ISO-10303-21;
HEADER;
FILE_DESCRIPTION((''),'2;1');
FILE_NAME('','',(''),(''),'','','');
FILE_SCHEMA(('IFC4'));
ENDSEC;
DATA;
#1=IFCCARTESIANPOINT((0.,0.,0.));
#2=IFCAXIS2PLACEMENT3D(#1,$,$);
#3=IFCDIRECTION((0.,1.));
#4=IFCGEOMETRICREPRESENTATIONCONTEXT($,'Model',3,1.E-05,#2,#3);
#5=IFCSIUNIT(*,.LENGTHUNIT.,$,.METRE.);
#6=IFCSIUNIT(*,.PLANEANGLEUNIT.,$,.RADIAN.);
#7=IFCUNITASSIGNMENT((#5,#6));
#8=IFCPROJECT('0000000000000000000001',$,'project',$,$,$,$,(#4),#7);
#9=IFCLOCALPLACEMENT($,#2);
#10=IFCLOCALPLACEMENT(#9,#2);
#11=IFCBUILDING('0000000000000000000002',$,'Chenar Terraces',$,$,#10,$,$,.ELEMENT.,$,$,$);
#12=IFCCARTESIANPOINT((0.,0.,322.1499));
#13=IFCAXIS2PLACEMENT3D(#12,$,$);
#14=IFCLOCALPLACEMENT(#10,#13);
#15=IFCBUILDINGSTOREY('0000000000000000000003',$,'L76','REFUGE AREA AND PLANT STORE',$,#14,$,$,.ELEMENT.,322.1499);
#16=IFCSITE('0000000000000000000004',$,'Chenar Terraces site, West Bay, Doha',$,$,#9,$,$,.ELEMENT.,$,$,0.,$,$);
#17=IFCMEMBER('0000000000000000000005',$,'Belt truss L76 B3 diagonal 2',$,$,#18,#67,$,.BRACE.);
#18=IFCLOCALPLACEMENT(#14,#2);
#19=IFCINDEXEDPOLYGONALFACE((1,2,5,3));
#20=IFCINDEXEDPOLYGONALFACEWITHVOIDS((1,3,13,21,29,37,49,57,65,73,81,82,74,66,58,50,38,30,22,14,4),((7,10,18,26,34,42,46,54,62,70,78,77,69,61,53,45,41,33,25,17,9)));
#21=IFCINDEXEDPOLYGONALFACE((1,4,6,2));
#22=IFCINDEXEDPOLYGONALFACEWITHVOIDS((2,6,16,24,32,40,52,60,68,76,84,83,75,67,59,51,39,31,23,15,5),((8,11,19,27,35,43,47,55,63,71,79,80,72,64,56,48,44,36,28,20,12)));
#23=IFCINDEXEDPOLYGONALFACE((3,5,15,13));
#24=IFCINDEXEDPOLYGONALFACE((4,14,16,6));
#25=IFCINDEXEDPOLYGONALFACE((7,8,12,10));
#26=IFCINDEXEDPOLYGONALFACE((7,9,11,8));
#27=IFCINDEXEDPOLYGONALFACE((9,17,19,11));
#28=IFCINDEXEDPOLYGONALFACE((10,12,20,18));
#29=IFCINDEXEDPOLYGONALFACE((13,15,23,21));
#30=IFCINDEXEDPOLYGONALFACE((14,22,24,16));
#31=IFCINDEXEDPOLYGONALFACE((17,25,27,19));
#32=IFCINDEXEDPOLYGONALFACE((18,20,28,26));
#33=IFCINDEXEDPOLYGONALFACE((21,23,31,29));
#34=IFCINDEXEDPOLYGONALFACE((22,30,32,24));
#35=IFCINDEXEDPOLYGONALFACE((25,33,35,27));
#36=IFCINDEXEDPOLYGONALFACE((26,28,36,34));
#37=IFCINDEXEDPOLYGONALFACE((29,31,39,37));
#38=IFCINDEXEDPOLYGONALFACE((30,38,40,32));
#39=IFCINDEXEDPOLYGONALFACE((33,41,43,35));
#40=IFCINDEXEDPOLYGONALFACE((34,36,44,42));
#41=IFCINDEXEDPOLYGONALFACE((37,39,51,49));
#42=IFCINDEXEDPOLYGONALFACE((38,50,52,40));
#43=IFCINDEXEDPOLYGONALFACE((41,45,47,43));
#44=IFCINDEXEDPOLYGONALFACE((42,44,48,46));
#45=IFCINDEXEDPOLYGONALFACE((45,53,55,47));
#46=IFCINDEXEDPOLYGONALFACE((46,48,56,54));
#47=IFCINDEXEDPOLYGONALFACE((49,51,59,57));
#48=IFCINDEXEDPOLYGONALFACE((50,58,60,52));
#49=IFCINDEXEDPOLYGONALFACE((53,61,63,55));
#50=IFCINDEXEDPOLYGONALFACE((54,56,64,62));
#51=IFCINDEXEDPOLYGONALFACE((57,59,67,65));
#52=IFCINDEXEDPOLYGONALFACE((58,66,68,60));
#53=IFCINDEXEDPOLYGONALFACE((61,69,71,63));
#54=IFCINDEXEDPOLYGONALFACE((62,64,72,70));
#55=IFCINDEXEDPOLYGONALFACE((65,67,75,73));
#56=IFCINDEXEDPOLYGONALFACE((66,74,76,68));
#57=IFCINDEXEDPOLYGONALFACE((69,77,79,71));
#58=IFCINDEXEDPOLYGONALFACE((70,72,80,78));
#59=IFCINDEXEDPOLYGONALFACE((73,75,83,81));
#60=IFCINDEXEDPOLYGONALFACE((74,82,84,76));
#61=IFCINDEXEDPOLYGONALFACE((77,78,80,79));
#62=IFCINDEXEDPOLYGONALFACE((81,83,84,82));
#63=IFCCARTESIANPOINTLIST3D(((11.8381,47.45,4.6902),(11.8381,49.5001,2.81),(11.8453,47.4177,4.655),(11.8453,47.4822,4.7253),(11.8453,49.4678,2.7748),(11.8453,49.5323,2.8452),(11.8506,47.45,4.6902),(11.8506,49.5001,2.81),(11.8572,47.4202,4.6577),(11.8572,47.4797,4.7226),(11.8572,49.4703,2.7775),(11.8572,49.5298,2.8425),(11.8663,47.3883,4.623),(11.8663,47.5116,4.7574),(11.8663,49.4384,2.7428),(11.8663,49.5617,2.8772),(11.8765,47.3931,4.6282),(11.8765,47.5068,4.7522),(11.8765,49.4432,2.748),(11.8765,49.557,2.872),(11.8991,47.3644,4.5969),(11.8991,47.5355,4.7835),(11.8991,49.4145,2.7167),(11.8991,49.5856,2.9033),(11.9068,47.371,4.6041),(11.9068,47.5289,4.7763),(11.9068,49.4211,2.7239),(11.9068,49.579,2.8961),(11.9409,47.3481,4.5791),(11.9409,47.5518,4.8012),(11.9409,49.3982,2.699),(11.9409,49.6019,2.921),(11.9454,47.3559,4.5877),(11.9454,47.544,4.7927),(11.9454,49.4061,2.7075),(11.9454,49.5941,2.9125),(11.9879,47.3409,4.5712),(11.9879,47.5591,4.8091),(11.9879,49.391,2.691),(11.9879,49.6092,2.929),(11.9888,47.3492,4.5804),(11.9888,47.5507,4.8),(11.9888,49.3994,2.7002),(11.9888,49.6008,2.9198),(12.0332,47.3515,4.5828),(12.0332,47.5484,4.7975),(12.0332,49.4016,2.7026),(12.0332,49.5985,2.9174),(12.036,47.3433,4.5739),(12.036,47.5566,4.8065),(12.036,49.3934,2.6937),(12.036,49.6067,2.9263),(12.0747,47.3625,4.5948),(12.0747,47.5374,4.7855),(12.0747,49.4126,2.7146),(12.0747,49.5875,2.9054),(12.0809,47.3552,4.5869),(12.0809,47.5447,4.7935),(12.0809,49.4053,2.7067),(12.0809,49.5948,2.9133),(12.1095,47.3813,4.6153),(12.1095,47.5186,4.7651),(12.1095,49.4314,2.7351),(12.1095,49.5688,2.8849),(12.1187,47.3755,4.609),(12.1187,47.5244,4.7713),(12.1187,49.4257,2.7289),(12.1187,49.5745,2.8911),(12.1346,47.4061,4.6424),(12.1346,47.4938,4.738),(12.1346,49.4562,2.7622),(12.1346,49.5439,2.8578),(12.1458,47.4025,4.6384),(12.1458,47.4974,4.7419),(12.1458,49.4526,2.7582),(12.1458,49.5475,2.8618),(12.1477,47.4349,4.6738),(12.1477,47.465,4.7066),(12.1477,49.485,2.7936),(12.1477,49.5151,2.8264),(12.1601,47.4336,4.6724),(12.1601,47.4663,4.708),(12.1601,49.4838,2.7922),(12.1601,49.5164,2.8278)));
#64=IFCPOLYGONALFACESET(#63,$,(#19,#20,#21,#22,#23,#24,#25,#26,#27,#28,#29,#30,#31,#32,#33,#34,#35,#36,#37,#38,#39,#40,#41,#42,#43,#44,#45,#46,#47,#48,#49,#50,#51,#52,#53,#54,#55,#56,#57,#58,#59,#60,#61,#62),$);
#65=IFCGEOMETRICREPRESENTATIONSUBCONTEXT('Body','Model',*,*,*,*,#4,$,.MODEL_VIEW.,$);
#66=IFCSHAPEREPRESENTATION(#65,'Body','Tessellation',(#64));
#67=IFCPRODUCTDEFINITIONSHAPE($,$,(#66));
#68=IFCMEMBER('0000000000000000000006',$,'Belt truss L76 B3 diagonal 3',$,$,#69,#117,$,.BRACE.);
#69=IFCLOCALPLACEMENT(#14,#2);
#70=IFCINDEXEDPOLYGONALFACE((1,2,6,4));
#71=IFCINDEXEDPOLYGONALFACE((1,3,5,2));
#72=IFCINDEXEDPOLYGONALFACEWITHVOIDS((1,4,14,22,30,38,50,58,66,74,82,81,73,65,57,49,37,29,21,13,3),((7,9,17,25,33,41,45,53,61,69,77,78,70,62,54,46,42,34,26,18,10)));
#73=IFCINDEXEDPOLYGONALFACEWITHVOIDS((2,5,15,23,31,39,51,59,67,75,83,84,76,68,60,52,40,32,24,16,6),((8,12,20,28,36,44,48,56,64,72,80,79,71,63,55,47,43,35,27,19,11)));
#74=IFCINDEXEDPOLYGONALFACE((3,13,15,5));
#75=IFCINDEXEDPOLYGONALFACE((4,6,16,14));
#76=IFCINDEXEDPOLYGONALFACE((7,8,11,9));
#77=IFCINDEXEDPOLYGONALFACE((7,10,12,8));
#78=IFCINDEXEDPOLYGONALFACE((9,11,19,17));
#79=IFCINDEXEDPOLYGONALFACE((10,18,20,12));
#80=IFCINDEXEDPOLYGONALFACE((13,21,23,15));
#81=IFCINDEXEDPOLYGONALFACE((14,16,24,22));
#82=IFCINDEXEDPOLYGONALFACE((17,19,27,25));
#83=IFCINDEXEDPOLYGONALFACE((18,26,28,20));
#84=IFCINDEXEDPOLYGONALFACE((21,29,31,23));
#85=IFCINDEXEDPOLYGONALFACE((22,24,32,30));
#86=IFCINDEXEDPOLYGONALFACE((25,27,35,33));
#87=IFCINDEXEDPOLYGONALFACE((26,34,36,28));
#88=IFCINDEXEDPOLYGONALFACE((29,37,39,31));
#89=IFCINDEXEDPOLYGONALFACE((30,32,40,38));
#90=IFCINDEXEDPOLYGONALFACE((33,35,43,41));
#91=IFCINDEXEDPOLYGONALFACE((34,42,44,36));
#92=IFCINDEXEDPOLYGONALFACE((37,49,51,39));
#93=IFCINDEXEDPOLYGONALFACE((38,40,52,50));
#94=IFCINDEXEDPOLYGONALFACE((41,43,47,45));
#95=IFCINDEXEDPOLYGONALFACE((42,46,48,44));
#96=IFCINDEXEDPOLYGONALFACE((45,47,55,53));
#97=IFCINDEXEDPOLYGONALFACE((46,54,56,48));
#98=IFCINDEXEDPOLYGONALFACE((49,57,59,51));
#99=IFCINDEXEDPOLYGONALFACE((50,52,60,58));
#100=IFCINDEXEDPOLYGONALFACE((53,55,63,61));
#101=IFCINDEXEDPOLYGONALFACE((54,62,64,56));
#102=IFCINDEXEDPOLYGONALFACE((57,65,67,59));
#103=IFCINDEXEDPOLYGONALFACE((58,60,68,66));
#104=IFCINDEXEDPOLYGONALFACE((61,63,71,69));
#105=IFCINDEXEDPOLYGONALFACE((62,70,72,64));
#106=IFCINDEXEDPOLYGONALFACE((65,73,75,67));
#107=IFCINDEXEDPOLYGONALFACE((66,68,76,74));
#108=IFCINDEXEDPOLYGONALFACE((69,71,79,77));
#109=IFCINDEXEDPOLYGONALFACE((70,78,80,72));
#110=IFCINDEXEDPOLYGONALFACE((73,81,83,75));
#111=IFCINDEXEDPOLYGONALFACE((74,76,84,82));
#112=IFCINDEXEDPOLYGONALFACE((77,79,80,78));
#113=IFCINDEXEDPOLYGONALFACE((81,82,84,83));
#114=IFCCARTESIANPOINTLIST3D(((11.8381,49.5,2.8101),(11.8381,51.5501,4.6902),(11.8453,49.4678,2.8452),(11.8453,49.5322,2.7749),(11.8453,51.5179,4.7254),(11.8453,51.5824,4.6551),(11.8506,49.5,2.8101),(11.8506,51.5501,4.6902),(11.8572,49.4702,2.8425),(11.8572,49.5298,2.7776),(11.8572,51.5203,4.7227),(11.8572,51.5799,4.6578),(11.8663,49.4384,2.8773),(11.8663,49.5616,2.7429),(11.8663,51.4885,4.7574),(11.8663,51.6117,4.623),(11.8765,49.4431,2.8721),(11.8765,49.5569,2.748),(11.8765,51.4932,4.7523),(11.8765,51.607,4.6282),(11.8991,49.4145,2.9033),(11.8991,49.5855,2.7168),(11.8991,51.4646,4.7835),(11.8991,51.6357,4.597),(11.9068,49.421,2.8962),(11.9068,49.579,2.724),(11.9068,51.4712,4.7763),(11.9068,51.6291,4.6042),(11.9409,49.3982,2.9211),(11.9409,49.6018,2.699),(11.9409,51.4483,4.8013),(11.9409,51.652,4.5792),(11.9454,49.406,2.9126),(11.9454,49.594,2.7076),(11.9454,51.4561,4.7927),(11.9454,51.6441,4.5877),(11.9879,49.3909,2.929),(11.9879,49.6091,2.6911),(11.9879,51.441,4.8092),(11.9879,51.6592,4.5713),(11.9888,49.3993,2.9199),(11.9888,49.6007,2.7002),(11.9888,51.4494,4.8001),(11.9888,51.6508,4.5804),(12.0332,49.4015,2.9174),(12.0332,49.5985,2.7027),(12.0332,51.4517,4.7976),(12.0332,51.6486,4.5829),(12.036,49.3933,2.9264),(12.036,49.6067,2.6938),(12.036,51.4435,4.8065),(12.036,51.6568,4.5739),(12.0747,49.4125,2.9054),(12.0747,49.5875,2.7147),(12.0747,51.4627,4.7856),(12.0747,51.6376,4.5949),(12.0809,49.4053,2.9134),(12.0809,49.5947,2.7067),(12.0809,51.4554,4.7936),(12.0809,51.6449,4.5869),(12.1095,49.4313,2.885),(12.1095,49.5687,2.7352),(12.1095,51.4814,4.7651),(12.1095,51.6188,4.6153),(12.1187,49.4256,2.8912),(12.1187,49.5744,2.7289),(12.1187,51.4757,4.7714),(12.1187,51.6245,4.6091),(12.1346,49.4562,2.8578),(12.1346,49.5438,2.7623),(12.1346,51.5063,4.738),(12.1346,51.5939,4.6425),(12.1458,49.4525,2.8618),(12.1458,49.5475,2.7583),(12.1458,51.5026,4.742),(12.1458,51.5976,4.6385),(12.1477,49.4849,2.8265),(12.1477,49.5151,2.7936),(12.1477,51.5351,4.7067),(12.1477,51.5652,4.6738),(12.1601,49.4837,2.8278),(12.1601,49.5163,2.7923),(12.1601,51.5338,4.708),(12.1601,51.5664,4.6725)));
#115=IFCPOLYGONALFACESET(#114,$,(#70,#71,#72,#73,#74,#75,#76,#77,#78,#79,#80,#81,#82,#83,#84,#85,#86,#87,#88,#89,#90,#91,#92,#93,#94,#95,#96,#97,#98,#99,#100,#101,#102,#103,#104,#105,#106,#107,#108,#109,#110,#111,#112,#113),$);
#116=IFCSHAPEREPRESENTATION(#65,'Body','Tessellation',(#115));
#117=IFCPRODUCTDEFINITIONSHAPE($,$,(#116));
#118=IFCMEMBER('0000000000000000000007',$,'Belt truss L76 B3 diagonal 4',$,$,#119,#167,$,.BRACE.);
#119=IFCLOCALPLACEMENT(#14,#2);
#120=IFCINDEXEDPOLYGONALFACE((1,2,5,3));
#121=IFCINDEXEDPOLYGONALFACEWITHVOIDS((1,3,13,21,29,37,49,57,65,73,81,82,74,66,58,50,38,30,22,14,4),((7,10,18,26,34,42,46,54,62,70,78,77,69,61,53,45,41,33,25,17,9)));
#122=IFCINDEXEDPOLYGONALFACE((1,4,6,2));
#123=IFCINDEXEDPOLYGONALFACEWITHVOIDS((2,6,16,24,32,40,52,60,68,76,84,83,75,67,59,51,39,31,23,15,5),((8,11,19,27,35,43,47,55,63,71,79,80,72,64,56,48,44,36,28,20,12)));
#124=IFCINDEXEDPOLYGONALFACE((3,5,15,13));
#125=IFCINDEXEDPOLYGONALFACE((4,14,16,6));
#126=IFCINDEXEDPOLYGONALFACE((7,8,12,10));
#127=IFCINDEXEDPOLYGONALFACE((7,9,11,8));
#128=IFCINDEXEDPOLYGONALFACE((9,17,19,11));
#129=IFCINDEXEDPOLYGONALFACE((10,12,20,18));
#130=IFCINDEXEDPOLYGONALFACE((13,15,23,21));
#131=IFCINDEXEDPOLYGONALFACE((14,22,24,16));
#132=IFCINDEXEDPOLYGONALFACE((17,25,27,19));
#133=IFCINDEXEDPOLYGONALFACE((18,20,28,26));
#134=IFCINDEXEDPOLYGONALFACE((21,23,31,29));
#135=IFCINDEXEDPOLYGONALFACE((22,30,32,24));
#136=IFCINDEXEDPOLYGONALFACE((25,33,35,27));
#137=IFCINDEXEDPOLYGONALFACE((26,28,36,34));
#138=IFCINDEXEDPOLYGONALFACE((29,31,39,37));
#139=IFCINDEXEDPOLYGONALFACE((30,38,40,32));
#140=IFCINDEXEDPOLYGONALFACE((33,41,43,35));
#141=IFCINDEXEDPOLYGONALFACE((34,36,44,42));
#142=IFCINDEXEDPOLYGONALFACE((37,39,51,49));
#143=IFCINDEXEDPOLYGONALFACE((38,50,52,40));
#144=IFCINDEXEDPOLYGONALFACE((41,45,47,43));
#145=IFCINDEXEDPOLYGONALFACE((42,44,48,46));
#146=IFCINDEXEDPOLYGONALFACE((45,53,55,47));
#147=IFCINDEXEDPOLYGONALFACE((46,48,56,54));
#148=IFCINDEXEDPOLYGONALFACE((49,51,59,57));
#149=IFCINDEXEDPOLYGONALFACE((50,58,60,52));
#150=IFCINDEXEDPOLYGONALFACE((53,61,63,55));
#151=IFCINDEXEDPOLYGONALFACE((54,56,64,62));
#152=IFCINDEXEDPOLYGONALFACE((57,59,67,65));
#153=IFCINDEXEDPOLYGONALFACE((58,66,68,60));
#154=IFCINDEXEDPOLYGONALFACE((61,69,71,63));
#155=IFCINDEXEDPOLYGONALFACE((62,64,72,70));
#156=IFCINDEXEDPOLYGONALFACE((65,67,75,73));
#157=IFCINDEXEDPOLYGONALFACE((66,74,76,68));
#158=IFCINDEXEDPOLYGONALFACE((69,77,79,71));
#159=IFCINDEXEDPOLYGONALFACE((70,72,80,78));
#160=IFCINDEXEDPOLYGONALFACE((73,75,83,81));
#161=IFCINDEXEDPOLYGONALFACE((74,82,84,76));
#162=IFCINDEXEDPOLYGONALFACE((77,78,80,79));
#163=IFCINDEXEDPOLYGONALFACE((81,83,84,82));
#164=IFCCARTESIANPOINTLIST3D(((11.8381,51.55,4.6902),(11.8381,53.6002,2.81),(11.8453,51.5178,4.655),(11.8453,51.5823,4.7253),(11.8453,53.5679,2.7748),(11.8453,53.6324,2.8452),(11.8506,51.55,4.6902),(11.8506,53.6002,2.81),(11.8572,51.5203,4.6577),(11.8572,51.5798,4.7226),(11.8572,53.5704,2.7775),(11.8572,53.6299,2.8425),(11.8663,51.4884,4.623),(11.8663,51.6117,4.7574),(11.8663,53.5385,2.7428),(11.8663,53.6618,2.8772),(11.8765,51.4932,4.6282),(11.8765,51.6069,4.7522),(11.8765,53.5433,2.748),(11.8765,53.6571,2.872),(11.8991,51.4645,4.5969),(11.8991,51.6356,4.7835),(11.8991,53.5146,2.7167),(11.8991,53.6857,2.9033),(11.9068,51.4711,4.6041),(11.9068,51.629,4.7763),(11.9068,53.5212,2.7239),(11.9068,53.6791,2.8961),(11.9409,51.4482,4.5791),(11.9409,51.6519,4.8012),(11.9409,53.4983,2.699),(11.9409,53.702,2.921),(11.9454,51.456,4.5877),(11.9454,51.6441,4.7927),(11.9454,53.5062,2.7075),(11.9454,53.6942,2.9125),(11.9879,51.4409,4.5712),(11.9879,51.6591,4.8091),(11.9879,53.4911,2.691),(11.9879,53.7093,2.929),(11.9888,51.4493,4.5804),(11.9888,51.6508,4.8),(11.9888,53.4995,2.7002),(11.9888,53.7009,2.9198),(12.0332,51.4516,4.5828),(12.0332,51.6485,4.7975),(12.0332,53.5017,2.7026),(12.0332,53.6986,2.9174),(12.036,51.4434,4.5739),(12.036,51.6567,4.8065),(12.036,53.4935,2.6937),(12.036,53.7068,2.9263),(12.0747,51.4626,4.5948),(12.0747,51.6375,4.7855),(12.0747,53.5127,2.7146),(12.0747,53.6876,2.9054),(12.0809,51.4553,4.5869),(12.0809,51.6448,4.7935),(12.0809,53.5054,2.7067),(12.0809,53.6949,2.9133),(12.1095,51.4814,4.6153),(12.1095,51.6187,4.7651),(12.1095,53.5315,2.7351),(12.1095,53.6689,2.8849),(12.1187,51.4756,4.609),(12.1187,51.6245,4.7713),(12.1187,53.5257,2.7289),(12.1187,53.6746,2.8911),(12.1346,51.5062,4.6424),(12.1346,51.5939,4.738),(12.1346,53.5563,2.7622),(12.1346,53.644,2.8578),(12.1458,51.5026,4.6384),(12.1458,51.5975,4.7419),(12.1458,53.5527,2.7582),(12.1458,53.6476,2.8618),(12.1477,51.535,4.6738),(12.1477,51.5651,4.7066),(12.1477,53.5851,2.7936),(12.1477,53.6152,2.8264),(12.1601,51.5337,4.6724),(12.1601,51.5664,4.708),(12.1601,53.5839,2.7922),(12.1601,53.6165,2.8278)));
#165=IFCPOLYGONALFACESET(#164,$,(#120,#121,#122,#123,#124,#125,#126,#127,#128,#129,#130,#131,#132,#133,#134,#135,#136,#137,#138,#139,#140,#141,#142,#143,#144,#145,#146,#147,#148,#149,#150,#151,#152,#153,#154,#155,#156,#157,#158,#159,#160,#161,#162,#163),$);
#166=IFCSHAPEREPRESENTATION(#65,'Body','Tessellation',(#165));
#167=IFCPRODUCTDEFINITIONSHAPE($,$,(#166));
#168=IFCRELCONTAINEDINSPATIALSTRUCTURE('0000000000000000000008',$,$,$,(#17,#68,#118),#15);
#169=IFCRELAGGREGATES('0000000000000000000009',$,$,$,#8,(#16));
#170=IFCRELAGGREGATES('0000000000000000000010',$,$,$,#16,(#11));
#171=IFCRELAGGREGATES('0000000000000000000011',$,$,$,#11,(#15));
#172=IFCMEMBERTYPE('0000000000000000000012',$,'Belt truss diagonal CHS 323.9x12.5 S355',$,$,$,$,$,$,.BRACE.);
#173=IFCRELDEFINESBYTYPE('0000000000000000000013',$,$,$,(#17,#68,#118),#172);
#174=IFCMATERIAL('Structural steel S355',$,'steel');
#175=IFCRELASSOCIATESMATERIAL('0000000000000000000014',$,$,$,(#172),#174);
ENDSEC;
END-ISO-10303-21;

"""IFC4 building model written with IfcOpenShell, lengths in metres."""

from ifc_helpers import new_model, si_unit, direction, frame, origin, origin_2d, place, context, subcontext, project, spatial, hollow_circle, extrude, material, material_profile, profile_set, type_object, element, save


model = new_model("IFC4")

# Units and contexts
model_context = context("Model", 3, precision=1e-05, world=origin(), true_north=direction((0.0, 1.0)))
body_context = subcontext(model_context, "Body", "Model", "MODEL_VIEW")
ifc_project = project(units=[si_unit("LENGTHUNIT", "METRE"), si_unit("PLANEANGLEUNIT", "RADIAN")], contexts=[model_context])

# Site, building, storey
site_placement = place(None, origin())
site = spatial("IfcSite", under=ifc_project, at=site_placement, Name="Chenar Terraces site, West Bay, Doha", CompositionType="ELEMENT", RefElevation=0.0)
building_placement = place(site_placement, origin())
building = spatial("IfcBuilding", under=site, at=building_placement, Name="Chenar Terraces", CompositionType="ELEMENT")
storey_placement = place(building_placement, frame((0.0, 0.0, 322.1499)))
storey = spatial("IfcBuildingStorey", under=building, at=storey_placement, Name="L76", Description="REFUGE AREA AND PLANT STORE", CompositionType="ELEMENT", Elevation=322.1499)

# Members
ifc_material_1 = material(Name="Structural steel S355", Category="steel")
ifc_material_profile_1 = material_profile(ifc_material_1, hollow_circle(Radius=0.1619, WallThickness=0.0125, at=origin_2d()), Name="CHS 323.9x12.5")
ifc_profile_set_1 = profile_set([ifc_material_profile_1], Name="Structural steel S355")
member_type = type_object("IfcMemberType", Name="Belt truss diagonal CHS 323.9x12.5 S355", PredefinedType="BRACE", material=ifc_profile_set_1)
for number, where, z_axis, x_axis, name in (
    (1, (12.0, 47.45, 4.6902), (0.0, 0.73699, -0.675903), (-1.0, 0.0, 0.0), "Belt truss L76 B3 diagonal 2"),
    (2, (12.0, 49.5, 2.8101), (0.0, 0.73699, 0.675903), (-1.0, 0.0, 0.0), "Belt truss L76 B3 diagonal 3"),
    (3, (12.0, 51.55, 4.6902), (0.0, 0.73699, -0.675903), (-1.0, 0.0, 0.0), "Belt truss L76 B3 diagonal 4"),
):
    element("IfcMember", number, at=place(storey_placement, frame(where, z_axis=z_axis, x_axis=x_axis)), inside=storey, type_object=member_type, Name=name, PredefinedType="BRACE", context=body_context, shape_type="SweptSolid", body=[
        extrude(hollow_circle(Radius=0.1619, WallThickness=0.0125, at=origin_2d()), origin(), (0.0, 0.0, 1.0), 2.7817),
    ])

save(model, "model.ifc")
